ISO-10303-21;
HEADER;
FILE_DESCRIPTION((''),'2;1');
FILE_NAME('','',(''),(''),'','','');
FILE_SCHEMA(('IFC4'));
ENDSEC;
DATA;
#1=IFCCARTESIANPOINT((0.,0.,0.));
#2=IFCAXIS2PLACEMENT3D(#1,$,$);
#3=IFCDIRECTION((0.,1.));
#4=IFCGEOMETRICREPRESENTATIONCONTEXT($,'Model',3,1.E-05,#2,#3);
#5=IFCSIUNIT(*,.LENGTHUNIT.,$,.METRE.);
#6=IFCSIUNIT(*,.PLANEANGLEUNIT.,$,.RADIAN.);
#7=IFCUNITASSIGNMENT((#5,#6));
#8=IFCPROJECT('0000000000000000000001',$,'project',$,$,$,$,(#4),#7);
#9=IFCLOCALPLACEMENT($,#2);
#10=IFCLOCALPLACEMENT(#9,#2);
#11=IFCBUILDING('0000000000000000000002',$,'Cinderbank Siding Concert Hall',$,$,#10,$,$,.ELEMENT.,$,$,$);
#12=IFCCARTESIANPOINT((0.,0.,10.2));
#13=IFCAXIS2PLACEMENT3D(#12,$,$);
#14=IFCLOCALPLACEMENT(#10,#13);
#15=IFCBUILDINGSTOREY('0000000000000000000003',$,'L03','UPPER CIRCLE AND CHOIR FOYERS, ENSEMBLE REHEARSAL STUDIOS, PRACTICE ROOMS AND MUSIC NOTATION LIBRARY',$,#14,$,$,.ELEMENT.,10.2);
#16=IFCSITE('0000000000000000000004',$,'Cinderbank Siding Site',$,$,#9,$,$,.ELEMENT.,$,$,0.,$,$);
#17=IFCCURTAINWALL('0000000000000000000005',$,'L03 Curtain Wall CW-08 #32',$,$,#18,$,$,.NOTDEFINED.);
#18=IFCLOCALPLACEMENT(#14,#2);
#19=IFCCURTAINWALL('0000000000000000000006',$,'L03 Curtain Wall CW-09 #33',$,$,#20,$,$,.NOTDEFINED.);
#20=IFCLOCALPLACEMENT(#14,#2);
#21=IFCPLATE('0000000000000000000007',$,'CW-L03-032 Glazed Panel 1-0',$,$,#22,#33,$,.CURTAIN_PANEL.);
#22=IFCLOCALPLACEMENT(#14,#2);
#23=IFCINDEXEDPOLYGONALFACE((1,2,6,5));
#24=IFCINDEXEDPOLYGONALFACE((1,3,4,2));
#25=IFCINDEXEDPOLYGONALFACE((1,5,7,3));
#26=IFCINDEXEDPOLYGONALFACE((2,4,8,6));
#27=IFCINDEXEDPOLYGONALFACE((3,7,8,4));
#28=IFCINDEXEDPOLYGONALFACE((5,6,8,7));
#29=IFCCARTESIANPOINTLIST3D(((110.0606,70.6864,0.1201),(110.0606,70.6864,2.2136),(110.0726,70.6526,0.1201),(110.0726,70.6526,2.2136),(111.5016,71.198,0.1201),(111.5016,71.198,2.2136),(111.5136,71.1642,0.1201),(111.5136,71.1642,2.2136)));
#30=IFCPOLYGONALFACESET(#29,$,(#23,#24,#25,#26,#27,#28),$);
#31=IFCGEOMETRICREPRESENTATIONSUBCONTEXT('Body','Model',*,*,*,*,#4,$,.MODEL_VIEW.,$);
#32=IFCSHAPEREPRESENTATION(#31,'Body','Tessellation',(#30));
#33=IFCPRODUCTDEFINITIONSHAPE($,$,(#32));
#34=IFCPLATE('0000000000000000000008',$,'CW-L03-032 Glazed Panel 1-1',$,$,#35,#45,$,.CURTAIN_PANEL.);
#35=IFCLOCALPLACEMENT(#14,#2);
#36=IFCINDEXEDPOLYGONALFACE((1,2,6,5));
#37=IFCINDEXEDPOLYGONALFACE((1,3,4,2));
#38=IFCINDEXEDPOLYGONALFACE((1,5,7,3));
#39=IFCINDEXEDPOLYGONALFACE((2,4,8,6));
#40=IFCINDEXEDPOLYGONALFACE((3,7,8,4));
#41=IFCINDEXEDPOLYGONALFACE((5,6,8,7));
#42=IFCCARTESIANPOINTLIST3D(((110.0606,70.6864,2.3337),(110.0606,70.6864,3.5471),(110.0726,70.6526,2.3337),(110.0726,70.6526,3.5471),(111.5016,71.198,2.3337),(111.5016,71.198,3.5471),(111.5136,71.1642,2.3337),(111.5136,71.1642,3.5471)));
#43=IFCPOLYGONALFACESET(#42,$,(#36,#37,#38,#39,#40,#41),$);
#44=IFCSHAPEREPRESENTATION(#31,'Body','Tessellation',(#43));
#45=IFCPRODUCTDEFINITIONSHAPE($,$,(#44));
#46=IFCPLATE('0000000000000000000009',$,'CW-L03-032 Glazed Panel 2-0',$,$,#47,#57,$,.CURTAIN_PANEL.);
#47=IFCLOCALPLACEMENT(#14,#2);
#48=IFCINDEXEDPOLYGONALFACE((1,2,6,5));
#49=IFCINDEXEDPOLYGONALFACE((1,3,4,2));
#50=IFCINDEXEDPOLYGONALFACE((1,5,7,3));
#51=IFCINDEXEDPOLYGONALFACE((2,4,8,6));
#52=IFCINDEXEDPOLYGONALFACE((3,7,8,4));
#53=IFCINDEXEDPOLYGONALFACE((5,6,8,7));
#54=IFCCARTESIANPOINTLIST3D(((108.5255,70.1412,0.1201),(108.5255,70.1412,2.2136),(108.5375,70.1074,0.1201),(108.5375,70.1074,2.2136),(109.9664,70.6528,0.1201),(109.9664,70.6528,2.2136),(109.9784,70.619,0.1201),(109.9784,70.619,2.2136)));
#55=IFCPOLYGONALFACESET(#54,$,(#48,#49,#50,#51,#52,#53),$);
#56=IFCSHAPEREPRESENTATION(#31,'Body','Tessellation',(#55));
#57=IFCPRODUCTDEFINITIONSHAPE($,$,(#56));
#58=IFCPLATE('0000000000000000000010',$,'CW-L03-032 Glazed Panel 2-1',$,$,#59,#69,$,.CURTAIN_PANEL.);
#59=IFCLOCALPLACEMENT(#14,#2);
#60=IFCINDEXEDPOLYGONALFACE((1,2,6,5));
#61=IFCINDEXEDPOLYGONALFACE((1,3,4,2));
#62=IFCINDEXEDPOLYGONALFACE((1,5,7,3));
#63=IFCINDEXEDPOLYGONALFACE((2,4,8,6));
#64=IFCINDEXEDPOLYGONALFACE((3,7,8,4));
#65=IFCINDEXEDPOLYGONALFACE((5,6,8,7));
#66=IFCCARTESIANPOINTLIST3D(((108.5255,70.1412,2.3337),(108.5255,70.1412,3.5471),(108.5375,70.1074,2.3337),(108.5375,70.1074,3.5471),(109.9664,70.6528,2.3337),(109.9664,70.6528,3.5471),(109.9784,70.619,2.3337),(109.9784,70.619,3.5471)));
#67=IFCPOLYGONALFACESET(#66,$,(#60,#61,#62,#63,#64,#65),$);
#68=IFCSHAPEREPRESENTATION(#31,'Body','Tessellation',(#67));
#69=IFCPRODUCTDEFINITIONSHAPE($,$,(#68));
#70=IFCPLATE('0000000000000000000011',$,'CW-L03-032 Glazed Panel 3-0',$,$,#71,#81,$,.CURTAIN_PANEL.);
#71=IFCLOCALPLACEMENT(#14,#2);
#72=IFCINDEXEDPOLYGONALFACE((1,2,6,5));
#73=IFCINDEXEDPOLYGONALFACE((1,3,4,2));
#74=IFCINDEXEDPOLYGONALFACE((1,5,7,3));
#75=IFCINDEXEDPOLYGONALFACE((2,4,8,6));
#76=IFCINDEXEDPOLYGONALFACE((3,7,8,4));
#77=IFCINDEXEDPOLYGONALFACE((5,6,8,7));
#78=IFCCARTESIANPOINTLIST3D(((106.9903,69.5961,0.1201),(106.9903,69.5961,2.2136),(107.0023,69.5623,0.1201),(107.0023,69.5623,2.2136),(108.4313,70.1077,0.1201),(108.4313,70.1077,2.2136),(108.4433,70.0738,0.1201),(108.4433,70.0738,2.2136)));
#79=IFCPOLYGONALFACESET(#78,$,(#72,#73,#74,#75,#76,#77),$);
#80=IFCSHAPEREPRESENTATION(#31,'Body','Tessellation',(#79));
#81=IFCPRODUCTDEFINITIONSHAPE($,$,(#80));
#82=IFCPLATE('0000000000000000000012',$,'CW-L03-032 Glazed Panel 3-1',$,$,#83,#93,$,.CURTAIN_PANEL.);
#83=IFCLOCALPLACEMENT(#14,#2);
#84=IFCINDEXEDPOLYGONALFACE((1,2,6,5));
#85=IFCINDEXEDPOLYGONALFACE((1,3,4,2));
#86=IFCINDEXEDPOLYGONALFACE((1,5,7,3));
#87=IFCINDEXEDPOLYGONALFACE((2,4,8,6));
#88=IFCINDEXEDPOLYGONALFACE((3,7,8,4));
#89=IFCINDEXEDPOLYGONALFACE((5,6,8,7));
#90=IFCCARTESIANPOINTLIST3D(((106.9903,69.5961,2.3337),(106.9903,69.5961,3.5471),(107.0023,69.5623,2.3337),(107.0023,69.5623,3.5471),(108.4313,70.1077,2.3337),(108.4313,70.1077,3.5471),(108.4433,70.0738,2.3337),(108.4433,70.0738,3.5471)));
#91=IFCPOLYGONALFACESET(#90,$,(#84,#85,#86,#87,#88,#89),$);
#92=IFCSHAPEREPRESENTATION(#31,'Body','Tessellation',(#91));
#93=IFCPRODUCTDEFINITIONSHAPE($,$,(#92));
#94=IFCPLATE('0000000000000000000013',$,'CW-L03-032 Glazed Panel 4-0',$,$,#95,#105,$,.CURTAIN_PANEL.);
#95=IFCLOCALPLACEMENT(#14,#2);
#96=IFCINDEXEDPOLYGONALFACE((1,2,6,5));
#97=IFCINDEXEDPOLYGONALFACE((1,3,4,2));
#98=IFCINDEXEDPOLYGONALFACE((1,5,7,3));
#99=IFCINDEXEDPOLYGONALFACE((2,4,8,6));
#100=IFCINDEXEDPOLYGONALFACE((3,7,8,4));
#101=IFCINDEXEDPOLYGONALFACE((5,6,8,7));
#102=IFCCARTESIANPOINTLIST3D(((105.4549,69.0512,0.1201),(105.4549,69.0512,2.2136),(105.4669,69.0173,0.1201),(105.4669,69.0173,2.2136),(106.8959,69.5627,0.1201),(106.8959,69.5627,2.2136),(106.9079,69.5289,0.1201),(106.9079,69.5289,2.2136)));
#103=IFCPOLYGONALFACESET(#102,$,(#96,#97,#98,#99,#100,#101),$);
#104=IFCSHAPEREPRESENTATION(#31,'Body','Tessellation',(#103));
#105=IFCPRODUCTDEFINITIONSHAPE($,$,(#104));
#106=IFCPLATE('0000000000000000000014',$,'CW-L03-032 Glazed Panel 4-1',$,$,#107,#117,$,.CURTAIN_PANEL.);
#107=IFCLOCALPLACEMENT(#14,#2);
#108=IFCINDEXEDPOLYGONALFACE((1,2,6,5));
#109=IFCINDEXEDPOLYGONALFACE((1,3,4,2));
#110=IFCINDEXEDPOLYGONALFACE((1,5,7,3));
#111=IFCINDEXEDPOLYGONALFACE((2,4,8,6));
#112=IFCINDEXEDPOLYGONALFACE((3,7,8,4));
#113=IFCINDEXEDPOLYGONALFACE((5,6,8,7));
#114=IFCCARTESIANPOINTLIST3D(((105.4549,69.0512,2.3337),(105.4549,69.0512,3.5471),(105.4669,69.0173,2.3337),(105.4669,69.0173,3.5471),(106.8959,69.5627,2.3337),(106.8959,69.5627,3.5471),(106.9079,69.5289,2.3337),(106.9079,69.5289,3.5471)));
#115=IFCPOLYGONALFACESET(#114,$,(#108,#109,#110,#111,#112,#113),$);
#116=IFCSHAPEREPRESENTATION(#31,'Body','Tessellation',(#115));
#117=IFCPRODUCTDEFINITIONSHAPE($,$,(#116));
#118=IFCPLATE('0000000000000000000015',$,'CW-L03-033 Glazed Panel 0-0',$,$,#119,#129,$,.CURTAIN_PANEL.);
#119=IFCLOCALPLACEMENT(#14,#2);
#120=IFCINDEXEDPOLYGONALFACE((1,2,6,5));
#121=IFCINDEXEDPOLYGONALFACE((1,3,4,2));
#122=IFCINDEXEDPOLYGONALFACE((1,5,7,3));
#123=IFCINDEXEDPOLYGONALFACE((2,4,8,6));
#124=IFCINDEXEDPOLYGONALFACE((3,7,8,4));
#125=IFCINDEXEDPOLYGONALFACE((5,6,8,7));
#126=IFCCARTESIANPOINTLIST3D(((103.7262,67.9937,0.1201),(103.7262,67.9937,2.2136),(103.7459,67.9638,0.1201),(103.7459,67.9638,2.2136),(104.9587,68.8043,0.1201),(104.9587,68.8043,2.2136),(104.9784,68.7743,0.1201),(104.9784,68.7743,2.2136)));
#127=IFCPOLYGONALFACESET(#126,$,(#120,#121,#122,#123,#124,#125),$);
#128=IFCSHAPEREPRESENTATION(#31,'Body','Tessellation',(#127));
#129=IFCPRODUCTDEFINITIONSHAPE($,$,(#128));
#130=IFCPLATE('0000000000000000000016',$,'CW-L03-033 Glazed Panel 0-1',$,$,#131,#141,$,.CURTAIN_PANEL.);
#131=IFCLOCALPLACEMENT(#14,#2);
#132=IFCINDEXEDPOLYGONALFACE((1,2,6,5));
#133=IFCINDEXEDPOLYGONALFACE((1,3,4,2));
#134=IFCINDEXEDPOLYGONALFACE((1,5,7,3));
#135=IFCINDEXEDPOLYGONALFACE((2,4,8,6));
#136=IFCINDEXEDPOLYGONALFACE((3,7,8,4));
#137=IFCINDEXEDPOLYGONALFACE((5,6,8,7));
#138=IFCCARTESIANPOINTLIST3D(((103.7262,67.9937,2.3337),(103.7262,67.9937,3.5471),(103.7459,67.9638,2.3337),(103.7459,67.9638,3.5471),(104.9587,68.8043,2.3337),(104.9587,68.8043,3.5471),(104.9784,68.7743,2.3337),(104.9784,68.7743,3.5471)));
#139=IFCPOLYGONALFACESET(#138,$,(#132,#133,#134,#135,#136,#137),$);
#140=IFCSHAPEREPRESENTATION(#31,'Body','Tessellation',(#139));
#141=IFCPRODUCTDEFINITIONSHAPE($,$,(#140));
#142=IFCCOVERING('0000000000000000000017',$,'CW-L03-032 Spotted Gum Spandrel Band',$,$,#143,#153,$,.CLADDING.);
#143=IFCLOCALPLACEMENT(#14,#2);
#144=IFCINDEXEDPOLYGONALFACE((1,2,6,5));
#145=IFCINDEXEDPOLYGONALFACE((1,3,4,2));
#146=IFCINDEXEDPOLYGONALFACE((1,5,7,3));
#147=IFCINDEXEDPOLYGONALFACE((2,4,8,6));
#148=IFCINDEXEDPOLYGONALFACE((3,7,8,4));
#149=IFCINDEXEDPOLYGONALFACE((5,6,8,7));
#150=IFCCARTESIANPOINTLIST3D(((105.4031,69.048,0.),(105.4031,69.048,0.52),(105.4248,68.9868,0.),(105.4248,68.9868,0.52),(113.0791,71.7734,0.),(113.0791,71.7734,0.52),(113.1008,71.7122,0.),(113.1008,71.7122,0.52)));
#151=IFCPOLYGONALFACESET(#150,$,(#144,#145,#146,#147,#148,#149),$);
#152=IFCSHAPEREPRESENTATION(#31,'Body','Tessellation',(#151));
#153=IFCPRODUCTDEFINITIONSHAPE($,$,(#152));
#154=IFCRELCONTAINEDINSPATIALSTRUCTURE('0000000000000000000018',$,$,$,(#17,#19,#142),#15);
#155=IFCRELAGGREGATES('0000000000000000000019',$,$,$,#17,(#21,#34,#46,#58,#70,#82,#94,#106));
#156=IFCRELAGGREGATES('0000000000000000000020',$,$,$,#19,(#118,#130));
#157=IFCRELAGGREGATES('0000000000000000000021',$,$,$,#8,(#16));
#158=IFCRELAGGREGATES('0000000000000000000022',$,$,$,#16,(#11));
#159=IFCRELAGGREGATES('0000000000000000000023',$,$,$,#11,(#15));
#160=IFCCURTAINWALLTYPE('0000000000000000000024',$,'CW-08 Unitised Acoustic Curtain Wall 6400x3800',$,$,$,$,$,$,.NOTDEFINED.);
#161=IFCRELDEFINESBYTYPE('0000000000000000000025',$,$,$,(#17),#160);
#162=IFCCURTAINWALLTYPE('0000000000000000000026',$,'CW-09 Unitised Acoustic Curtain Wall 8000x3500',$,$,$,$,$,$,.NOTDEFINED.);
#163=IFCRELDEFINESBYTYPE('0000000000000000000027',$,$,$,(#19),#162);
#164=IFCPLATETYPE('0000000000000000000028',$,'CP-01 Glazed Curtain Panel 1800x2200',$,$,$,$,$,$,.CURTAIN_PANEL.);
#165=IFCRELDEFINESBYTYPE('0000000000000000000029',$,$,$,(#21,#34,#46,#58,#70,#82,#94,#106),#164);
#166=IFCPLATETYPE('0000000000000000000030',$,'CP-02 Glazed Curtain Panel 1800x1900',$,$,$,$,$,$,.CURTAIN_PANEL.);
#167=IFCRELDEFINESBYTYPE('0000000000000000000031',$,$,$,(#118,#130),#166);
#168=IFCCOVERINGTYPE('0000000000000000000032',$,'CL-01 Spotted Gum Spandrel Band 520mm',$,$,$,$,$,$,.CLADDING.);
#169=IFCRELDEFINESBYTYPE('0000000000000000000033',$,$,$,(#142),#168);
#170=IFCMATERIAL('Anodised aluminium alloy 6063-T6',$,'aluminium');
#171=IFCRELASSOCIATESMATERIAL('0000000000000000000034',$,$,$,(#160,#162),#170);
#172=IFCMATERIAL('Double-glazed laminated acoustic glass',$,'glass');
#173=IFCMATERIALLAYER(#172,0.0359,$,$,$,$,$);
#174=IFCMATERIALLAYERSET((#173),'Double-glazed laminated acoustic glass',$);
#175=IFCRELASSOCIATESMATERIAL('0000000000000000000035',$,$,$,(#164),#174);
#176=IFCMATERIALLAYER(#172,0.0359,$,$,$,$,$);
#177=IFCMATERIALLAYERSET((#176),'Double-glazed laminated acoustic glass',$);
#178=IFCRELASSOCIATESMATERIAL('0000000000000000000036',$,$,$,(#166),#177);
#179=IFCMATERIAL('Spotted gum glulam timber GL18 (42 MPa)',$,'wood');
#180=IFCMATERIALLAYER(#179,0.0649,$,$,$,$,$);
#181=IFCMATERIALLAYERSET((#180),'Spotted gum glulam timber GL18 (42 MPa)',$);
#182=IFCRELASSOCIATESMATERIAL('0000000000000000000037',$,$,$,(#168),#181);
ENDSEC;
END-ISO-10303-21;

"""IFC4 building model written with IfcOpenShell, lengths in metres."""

from ifc_helpers import new_model, si_unit, direction, frame, origin, origin_2d, place, context, subcontext, project, spatial, rectangle, extrude, material, layer, layer_set, type_object, element, aggregate, save


model = new_model("IFC4")

# Units and contexts
model_context = context("Model", 3, precision=1e-05, world=origin(), true_north=direction((0.0, 1.0)))
body_context = subcontext(model_context, "Body", "Model", "MODEL_VIEW")
ifc_project = project(units=[si_unit("LENGTHUNIT", "METRE"), si_unit("PLANEANGLEUNIT", "RADIAN")], contexts=[model_context])

# Site, building, storey
site_placement = place(None, origin())
site = spatial("IfcSite", under=ifc_project, at=site_placement, Name="Cinderbank Siding Site", CompositionType="ELEMENT", RefElevation=0.0)
building_placement = place(site_placement, origin())
building = spatial("IfcBuilding", under=site, at=building_placement, Name="Cinderbank Siding Concert Hall", CompositionType="ELEMENT")
storey_placement = place(building_placement, frame((0.0, 0.0, 10.2)))
storey = spatial("IfcBuildingStorey", under=building, at=storey_placement, Name="L03", Description="UPPER CIRCLE AND CHOIR FOYERS, ENSEMBLE REHEARSAL STUDIOS, PRACTICE ROOMS AND MUSIC NOTATION LIBRARY", CompositionType="ELEMENT", Elevation=10.2)

# Curtain walls
ifc_material_1 = material(Name="Anodised aluminium alloy 6063-T6", Category="aluminium")
curtain_wall_type_1 = type_object("IfcCurtainWallType", Name="CW-08 Unitised Acoustic Curtain Wall 6400x3800", PredefinedType="NOTDEFINED", material=ifc_material_1)
curtain_wall_1_placement = place(storey_placement, origin())
curtain_wall_1 = element("IfcCurtainWall", 1, at=curtain_wall_1_placement, inside=storey, type_object=curtain_wall_type_1, Name="L03 Curtain Wall CW-08 #32", PredefinedType="NOTDEFINED")
curtain_wall_type_2 = type_object("IfcCurtainWallType", Name="CW-09 Unitised Acoustic Curtain Wall 8000x3500", PredefinedType="NOTDEFINED", material=ifc_material_1)
curtain_wall_2_placement = place(storey_placement, origin())
curtain_wall_2 = element("IfcCurtainWall", 2, at=curtain_wall_2_placement, inside=storey, type_object=curtain_wall_type_2, Name="L03 Curtain Wall CW-09 #33", PredefinedType="NOTDEFINED")

# Shared definitions
ifc_material_2 = material(Name="Spotted gum glulam timber GL18 (42 MPa)", Category="wood")

# Plates
ifc_material_3 = material(Name="Double-glazed laminated acoustic glass", Category="glass")
ifc_layer_1 = layer(ifc_material_3, 0.0359)
ifc_layer_set_1 = layer_set([ifc_layer_1], Name="Double-glazed laminated acoustic glass")
plate_type_1 = type_object("IfcPlateType", Name="CP-01 Glazed Curtain Panel 1800x2200", PredefinedType="CURTAIN_PANEL", material=ifc_layer_set_1)
plate_1_placement = place(storey_placement, frame((110.7871, 70.9253, 0.1201), z_axis=(0.0, 0.0, 1.0), x_axis=(-0.942366, -0.334585, 0.0)))
plate_1 = element("IfcPlate", 3, at=plate_1_placement, type_object=plate_type_1, Name="CW-L03-032 Glazed Panel 1-0", PredefinedType="CURTAIN_PANEL", context=body_context, shape_type="SweptSolid", body=[
    extrude(rectangle(XDim=1.5291, YDim=0.0359, at=origin_2d()), origin(), (0.0, 0.0, 1.0), 2.0935),
])
plate_2_placement = place(storey_placement, frame((110.7871, 70.9253, 2.3337), z_axis=(0.0, 0.0, 1.0), x_axis=(-0.942366, -0.334585, 0.0)))
plate_2 = element("IfcPlate", 4, at=plate_2_placement, type_object=plate_type_1, Name="CW-L03-032 Glazed Panel 1-1", PredefinedType="CURTAIN_PANEL", context=body_context, shape_type="SweptSolid", body=[
    extrude(rectangle(XDim=1.5291, YDim=0.0359, at=origin_2d()), origin(), (0.0, 0.0, 1.0), 1.2134),
])
plate_3_placement = place(storey_placement, frame((109.252, 70.3801, 0.1201), z_axis=(0.0, 0.0, 1.0), x_axis=(-0.942366, -0.334585, 0.0)))
plate_3 = element("IfcPlate", 5, at=plate_3_placement, type_object=plate_type_1, Name="CW-L03-032 Glazed Panel 2-0", PredefinedType="CURTAIN_PANEL", context=body_context, shape_type="SweptSolid", body=[
    extrude(rectangle(XDim=1.5291, YDim=0.0359, at=origin_2d()), origin(), (0.0, 0.0, 1.0), 2.0935),
])
plate_4_placement = place(storey_placement, frame((109.252, 70.3801, 2.3337), z_axis=(0.0, 0.0, 1.0), x_axis=(-0.942366, -0.334585, 0.0)))
plate_4 = element("IfcPlate", 6, at=plate_4_placement, type_object=plate_type_1, Name="CW-L03-032 Glazed Panel 2-1", PredefinedType="CURTAIN_PANEL", context=body_context, shape_type="SweptSolid", body=[
    extrude(rectangle(XDim=1.5291, YDim=0.0359, at=origin_2d()), origin(), (0.0, 0.0, 1.0), 1.2134),
])
plate_5_placement = place(storey_placement, frame((107.7168, 69.835, 0.1201), z_axis=(0.0, 0.0, 1.0), x_axis=(-0.942366, -0.334585, 0.0)))
plate_5 = element("IfcPlate", 7, at=plate_5_placement, type_object=plate_type_1, Name="CW-L03-032 Glazed Panel 3-0", PredefinedType="CURTAIN_PANEL", context=body_context, shape_type="SweptSolid", body=[
    extrude(rectangle(XDim=1.5291, YDim=0.0359, at=origin_2d()), origin(), (0.0, 0.0, 1.0), 2.0935),
])
plate_6_placement = place(storey_placement, frame((107.7168, 69.835, 2.3337), z_axis=(0.0, 0.0, 1.0), x_axis=(-0.942366, -0.334585, 0.0)))
plate_6 = element("IfcPlate", 8, at=plate_6_placement, type_object=plate_type_1, Name="CW-L03-032 Glazed Panel 3-1", PredefinedType="CURTAIN_PANEL", context=body_context, shape_type="SweptSolid", body=[
    extrude(rectangle(XDim=1.5291, YDim=0.0359, at=origin_2d()), origin(), (0.0, 0.0, 1.0), 1.2134),
])
plate_7_placement = place(storey_placement, frame((106.1814, 69.29, 0.1201), z_axis=(0.0, 0.0, 1.0), x_axis=(-0.942366, -0.334585, 0.0)))
plate_7 = element("IfcPlate", 9, at=plate_7_placement, type_object=plate_type_1, Name="CW-L03-032 Glazed Panel 4-0", PredefinedType="CURTAIN_PANEL", context=body_context, shape_type="SweptSolid", body=[
    extrude(rectangle(XDim=1.5291, YDim=0.0359, at=origin_2d()), origin(), (0.0, 0.0, 1.0), 2.0935),
])
plate_8_placement = place(storey_placement, frame((106.1814, 69.29, 2.3337), z_axis=(0.0, 0.0, 1.0), x_axis=(-0.942366, -0.334585, 0.0)))
plate_8 = element("IfcPlate", 10, at=plate_8_placement, type_object=plate_type_1, Name="CW-L03-032 Glazed Panel 4-1", PredefinedType="CURTAIN_PANEL", context=body_context, shape_type="SweptSolid", body=[
    extrude(rectangle(XDim=1.5291, YDim=0.0359, at=origin_2d()), origin(), (0.0, 0.0, 1.0), 1.2134),
])
aggregate(curtain_wall_1, [plate_1, plate_2, plate_3, plate_4, plate_5, plate_6, plate_7, plate_8])
ifc_layer_2 = layer(ifc_material_3, 0.0359)
ifc_layer_set_2 = layer_set([ifc_layer_2], Name="Double-glazed laminated acoustic glass")
plate_type_2 = type_object("IfcPlateType", Name="CP-02 Glazed Curtain Panel 1800x1900", PredefinedType="CURTAIN_PANEL", material=ifc_layer_set_2)
plate_9_placement = place(storey_placement, frame((104.3523, 68.384, 0.1201), z_axis=(0.0, 0.0, 1.0), x_axis=(-0.835492, -0.549503, 0.0)))
plate_9 = element("IfcPlate", 11, at=plate_9_placement, type_object=plate_type_2, Name="CW-L03-033 Glazed Panel 0-0", PredefinedType="CURTAIN_PANEL", context=body_context, shape_type="SweptSolid", body=[
    extrude(rectangle(XDim=1.4751, YDim=0.0359, at=origin_2d()), origin(), (0.0, 0.0, 1.0), 2.0935),
])
plate_10_placement = place(storey_placement, frame((104.3523, 68.384, 2.3337), z_axis=(0.0, 0.0, 1.0), x_axis=(-0.835492, -0.549503, 0.0)))
plate_10 = element("IfcPlate", 12, at=plate_10_placement, type_object=plate_type_2, Name="CW-L03-033 Glazed Panel 0-1", PredefinedType="CURTAIN_PANEL", context=body_context, shape_type="SweptSolid", body=[
    extrude(rectangle(XDim=1.4751, YDim=0.0359, at=origin_2d()), origin(), (0.0, 0.0, 1.0), 1.2134),
])
aggregate(curtain_wall_2, [plate_9, plate_10])

# Covering
ifc_layer_3 = layer(ifc_material_2, 0.0649)
ifc_layer_set_3 = layer_set([ifc_layer_3], Name="Spotted gum glulam timber GL18 (42 MPa)")
covering_type = type_object("IfcCoveringType", Name="CL-01 Spotted Gum Spandrel Band 520mm", PredefinedType="CLADDING", material=ifc_layer_set_3)
covering_placement = place(storey_placement, frame((109.252, 70.3801, 0.0), z_axis=(0.0, 0.0, 1.0), x_axis=(-0.942366, -0.334585, 0.0)))
element("IfcCovering", 13, at=covering_placement, inside=storey, type_object=covering_type, Name="CW-L03-032 Spotted Gum Spandrel Band", PredefinedType="CLADDING", context=body_context, shape_type="SweptSolid", body=[
    extrude(rectangle(XDim=8.1455, YDim=0.0649, at=origin_2d()), origin(), (0.0, 0.0, 1.0), 0.52),
])

save(model, "model.ifc")
